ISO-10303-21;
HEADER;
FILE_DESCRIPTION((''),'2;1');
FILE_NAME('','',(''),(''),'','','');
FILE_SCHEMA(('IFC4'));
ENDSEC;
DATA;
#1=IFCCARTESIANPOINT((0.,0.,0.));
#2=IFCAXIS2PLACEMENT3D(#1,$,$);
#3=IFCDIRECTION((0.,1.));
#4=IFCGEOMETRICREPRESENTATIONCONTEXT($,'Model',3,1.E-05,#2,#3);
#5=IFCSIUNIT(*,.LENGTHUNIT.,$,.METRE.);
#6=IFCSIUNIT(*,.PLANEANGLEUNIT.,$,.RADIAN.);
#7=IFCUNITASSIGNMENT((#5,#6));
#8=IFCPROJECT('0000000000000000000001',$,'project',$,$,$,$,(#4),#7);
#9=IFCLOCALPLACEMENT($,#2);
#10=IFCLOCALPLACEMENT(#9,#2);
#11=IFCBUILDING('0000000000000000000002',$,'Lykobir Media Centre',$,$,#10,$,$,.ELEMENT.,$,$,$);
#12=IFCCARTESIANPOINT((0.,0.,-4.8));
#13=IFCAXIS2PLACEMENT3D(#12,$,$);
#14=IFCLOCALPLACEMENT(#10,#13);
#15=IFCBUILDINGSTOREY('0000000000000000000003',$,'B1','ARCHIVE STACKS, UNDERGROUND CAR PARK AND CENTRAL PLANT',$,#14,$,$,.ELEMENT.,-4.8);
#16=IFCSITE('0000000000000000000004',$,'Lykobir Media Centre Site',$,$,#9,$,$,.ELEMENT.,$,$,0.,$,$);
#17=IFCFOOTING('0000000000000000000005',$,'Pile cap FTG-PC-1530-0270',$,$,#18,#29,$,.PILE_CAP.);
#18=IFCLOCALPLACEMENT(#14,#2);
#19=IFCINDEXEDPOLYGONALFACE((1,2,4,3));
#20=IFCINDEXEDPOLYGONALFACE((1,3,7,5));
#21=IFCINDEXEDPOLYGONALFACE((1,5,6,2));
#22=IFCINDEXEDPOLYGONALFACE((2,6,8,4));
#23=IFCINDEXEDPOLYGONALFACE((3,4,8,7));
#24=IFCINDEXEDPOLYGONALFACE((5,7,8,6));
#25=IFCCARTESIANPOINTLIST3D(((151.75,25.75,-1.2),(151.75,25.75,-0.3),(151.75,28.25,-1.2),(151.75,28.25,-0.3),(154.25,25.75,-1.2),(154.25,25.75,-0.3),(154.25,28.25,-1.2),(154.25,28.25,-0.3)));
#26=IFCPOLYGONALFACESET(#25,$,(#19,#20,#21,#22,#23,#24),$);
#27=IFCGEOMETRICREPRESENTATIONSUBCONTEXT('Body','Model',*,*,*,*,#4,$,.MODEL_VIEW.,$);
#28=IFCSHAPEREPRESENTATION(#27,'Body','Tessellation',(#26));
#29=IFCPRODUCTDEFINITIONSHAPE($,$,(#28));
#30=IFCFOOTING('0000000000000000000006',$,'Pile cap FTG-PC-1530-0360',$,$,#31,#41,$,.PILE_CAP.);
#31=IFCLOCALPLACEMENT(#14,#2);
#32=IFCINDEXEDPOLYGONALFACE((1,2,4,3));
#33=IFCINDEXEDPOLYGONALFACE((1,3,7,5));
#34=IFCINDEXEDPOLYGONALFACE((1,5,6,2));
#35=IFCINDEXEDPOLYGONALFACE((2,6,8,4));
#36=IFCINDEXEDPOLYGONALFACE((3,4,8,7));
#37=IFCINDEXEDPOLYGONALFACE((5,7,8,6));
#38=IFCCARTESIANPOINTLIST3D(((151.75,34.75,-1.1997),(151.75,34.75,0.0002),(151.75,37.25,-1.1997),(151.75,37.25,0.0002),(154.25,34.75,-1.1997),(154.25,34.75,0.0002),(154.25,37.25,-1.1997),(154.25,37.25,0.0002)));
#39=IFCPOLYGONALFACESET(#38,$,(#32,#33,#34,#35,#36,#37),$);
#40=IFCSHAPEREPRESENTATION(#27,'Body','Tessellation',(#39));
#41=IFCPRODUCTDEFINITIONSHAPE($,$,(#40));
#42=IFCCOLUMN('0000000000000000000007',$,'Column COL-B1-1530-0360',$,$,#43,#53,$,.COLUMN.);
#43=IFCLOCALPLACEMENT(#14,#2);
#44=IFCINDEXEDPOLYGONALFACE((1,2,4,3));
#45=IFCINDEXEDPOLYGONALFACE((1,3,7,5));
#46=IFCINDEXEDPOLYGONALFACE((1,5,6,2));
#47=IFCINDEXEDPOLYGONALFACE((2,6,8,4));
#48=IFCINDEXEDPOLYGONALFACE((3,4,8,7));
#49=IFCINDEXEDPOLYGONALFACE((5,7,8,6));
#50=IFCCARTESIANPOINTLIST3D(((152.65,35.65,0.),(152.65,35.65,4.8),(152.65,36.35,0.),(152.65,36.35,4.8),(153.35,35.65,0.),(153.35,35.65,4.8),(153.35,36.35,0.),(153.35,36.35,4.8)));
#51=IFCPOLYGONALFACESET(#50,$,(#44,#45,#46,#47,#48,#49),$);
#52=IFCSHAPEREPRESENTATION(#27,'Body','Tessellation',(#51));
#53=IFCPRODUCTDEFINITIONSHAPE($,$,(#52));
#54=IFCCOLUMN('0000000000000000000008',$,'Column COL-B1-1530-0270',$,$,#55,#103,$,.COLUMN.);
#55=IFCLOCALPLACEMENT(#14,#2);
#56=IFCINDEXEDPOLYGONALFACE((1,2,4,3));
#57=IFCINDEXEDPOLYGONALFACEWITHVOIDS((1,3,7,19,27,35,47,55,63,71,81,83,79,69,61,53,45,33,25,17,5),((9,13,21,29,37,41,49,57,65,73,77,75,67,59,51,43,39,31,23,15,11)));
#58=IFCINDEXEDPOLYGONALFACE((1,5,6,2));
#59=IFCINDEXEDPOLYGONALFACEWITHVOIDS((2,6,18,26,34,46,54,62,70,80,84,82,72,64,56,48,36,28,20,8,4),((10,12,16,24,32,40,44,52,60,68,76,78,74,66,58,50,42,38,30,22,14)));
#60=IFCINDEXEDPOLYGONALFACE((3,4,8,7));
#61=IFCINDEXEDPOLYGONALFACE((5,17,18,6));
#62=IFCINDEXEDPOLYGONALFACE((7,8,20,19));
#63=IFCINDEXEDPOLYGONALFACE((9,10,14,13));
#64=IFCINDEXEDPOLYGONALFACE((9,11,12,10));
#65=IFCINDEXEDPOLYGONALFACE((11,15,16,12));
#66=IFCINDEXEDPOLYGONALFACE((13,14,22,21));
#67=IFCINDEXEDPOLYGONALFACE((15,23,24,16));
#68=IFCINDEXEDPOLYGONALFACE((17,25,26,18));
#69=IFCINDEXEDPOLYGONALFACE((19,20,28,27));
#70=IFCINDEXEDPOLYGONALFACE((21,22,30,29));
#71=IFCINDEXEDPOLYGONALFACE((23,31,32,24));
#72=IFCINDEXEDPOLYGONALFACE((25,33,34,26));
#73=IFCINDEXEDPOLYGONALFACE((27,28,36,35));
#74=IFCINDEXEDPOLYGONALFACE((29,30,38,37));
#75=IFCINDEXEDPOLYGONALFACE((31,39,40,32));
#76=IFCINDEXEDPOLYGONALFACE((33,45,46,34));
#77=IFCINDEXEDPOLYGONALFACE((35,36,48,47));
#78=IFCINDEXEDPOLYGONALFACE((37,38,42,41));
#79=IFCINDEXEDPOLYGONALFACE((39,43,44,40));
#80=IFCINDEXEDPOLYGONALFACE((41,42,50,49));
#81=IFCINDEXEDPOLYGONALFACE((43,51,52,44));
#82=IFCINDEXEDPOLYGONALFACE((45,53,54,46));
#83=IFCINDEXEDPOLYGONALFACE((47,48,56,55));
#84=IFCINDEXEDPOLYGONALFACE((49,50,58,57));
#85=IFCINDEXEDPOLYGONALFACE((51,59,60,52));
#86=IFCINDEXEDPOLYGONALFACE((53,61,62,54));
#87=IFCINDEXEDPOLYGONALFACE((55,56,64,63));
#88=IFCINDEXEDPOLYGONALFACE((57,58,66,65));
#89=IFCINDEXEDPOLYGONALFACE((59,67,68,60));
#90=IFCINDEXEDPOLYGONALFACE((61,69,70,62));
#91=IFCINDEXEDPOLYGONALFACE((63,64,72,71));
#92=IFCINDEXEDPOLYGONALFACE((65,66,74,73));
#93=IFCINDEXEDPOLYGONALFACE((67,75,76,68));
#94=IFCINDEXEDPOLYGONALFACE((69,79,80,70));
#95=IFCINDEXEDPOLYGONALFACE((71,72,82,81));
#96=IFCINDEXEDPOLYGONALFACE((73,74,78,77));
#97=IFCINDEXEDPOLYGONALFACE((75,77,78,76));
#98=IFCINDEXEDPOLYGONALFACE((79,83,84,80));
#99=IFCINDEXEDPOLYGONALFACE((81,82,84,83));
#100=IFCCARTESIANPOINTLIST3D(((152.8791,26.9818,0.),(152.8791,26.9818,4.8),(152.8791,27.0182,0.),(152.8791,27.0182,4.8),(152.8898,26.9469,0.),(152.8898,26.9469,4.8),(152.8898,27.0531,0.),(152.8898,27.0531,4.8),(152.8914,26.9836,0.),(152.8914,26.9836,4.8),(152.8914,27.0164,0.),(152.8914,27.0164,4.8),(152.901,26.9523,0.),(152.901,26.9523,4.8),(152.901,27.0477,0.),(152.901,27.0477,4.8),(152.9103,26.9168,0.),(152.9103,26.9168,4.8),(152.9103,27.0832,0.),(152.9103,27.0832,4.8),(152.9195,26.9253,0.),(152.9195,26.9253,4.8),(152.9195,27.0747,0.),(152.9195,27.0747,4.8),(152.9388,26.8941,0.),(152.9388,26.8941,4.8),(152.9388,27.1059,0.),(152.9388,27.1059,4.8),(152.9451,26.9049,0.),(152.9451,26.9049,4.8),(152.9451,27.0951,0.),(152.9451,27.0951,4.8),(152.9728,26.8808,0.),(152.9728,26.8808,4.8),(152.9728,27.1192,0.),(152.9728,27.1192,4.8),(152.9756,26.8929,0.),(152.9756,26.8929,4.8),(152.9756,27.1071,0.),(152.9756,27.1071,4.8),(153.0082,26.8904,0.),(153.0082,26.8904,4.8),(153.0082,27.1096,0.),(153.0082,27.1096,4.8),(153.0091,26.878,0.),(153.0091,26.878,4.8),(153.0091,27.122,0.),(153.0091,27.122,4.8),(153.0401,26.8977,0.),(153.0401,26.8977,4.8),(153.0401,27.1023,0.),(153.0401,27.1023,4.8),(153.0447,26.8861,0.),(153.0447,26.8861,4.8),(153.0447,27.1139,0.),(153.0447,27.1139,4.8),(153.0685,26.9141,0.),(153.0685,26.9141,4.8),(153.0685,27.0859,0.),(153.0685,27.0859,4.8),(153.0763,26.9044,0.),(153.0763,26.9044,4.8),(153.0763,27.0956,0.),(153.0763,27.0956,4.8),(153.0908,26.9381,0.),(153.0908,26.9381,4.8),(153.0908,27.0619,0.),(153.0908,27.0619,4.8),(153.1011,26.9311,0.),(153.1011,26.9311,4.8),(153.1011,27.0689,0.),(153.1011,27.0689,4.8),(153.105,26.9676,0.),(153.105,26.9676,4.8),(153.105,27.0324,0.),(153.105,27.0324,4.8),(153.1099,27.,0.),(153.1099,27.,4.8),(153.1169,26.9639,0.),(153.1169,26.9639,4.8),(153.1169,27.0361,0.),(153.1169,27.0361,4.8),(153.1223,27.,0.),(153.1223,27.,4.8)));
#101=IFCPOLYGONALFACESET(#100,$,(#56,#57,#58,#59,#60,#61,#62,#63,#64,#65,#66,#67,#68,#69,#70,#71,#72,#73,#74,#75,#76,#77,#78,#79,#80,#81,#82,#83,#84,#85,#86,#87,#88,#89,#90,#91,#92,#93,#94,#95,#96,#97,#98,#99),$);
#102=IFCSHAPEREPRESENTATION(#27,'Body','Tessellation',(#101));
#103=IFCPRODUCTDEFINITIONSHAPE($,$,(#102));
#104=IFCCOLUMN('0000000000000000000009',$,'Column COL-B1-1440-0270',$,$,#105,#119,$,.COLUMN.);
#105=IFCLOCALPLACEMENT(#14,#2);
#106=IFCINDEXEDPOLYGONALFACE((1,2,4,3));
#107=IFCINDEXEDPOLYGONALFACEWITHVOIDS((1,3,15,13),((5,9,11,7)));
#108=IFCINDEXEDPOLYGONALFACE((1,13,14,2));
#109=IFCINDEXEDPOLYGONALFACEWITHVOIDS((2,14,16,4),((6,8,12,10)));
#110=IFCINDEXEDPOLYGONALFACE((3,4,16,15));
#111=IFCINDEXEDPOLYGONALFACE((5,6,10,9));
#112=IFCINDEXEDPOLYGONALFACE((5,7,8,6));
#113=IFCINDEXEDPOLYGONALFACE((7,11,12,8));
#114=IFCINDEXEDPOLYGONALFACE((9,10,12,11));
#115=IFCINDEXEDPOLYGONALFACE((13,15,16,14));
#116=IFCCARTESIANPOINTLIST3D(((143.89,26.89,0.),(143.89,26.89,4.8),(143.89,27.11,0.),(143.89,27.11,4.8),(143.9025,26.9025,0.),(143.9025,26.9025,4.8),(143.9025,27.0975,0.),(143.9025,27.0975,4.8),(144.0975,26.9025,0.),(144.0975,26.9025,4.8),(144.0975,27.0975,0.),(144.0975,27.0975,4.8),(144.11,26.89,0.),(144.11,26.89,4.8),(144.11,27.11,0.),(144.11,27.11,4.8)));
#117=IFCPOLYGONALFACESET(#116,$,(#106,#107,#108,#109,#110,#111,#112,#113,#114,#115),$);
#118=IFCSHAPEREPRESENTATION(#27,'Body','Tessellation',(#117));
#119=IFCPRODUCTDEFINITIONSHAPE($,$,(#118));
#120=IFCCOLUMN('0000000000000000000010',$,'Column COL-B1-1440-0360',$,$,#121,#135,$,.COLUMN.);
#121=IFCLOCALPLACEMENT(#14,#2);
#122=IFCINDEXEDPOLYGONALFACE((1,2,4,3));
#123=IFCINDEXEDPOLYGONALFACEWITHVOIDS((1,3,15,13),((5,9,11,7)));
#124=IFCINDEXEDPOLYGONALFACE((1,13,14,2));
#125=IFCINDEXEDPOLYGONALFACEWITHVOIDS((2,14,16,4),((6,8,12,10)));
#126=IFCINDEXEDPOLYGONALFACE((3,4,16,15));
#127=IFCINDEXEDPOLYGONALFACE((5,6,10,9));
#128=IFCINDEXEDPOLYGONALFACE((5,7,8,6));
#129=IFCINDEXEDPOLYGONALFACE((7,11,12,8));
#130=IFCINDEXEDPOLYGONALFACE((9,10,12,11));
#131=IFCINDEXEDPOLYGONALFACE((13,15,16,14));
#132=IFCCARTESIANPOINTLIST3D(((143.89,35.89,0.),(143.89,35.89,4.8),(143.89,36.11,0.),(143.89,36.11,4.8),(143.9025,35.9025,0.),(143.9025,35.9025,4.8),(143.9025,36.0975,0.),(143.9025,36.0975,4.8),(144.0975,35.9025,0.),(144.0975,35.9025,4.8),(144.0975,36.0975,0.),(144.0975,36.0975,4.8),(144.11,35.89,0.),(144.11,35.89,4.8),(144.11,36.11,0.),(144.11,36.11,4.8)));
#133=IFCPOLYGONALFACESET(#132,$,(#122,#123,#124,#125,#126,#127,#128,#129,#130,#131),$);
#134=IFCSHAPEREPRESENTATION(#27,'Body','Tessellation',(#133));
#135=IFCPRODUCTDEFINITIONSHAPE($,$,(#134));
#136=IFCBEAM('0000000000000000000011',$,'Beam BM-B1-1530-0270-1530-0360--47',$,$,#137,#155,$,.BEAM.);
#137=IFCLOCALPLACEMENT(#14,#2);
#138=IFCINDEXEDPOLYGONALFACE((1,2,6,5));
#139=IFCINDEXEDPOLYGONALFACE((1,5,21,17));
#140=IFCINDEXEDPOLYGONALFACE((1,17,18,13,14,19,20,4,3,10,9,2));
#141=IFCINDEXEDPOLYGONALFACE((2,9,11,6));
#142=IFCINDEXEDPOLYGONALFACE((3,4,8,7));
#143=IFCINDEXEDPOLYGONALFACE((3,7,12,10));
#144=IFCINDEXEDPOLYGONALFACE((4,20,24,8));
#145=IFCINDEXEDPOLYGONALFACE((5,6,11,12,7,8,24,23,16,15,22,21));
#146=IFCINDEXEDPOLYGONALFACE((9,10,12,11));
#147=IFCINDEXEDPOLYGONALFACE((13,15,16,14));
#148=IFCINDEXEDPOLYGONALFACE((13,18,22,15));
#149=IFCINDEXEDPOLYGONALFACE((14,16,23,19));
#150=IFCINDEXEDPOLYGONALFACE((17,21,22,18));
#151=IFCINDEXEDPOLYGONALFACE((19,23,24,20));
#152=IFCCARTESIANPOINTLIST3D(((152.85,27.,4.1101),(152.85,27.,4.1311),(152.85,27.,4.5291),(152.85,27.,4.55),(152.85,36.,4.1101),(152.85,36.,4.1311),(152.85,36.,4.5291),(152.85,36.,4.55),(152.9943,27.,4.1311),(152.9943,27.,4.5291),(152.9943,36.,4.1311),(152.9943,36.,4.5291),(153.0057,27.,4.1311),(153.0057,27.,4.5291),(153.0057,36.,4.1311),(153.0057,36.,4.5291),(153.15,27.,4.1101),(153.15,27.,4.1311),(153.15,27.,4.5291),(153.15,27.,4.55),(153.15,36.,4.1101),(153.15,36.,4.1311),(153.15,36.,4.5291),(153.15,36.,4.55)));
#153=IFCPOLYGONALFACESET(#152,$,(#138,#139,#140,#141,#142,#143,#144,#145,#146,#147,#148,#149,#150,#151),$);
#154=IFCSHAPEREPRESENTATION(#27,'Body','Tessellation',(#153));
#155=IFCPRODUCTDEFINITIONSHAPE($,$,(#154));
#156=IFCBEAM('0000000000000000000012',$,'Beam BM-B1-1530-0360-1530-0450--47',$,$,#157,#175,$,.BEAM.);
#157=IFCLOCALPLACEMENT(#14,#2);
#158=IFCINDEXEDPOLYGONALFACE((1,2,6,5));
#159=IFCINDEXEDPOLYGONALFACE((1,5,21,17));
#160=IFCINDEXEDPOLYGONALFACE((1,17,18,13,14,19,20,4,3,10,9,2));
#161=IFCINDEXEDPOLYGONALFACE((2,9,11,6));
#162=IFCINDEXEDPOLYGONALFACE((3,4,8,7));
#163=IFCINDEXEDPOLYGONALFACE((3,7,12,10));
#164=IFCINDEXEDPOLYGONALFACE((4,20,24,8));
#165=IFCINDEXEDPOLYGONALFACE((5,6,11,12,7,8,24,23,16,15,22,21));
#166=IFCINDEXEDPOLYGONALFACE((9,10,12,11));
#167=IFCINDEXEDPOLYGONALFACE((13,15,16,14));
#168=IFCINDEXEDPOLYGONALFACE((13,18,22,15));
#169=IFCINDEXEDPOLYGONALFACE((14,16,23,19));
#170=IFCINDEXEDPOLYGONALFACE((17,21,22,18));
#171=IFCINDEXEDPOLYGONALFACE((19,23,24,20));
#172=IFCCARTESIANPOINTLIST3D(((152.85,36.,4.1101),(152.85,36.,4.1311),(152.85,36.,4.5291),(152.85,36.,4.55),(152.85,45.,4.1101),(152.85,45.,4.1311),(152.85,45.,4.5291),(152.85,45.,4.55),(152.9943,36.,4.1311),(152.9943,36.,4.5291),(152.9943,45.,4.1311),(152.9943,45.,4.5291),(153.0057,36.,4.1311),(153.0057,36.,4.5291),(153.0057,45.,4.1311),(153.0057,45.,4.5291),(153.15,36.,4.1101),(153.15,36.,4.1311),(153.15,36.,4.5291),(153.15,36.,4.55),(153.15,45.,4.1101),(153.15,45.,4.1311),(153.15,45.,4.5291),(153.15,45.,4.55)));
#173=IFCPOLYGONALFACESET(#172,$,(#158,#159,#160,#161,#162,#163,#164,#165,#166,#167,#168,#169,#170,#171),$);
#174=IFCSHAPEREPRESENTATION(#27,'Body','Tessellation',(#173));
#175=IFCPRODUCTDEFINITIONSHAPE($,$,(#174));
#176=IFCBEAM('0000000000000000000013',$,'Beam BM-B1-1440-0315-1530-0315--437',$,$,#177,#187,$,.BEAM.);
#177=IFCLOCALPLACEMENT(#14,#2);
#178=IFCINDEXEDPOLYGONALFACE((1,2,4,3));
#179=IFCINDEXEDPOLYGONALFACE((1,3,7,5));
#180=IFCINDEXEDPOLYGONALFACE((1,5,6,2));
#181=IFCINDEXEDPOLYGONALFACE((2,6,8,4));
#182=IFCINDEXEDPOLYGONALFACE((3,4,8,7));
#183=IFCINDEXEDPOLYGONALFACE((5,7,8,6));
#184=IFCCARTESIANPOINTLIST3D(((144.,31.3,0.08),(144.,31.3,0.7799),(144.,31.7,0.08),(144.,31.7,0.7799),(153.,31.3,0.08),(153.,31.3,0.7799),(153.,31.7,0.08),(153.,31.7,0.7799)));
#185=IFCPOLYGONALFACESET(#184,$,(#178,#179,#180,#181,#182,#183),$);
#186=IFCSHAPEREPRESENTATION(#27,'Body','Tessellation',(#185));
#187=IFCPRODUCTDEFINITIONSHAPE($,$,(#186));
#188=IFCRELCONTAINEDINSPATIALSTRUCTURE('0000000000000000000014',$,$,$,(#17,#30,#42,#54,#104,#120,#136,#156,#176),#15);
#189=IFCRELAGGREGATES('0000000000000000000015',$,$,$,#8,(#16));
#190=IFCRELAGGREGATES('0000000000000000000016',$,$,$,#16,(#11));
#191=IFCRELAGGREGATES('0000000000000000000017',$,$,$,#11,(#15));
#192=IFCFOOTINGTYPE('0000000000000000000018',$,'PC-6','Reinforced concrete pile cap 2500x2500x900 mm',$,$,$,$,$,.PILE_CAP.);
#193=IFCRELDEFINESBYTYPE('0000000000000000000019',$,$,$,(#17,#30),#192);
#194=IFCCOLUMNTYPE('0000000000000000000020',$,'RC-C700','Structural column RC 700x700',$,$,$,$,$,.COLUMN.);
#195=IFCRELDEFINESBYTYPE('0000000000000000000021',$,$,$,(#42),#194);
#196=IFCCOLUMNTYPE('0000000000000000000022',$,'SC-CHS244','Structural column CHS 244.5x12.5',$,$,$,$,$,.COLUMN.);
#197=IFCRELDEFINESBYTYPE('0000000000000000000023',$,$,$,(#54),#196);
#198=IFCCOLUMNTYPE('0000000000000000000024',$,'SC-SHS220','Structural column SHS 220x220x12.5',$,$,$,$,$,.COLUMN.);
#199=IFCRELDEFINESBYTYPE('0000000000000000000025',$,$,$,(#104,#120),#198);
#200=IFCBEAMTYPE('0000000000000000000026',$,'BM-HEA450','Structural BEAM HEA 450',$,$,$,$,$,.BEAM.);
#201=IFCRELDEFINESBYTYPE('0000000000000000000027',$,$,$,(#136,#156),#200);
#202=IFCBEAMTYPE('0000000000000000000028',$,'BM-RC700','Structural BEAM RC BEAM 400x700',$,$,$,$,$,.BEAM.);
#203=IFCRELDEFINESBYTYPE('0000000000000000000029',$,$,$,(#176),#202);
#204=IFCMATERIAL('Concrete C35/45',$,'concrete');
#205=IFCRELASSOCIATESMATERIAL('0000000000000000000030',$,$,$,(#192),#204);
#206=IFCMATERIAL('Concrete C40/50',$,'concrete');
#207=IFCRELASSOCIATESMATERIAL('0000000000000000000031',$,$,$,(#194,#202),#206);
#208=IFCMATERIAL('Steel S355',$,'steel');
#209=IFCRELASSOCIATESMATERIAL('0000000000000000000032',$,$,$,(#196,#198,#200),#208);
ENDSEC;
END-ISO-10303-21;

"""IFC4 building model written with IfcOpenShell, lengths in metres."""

from ifc_helpers import new_model, si_unit, direction, frame, origin, origin_2d, place, context, subcontext, project, spatial, rectangle, hollow_rectangle, hollow_circle, i_section, extrude, material, material_profile, profile_set, type_object, element, save


model = new_model("IFC4")

# Units and contexts
model_context = context("Model", 3, precision=1e-05, world=origin(), true_north=direction((0.0, 1.0)))
body_context = subcontext(model_context, "Body", "Model", "MODEL_VIEW")
ifc_project = project(units=[si_unit("LENGTHUNIT", "METRE"), si_unit("PLANEANGLEUNIT", "RADIAN")], contexts=[model_context])

# Site, building, storey
site_placement = place(None, origin())
site = spatial("IfcSite", under=ifc_project, at=site_placement, Name="Lykobir Media Centre Site", CompositionType="ELEMENT", RefElevation=0.0)
building_placement = place(site_placement, origin())
building = spatial("IfcBuilding", under=site, at=building_placement, Name="Lykobir Media Centre", CompositionType="ELEMENT")
storey_placement = place(building_placement, frame((0.0, 0.0, -4.8)))
storey = spatial("IfcBuildingStorey", under=building, at=storey_placement, Name="B1", Description="ARCHIVE STACKS, UNDERGROUND CAR PARK AND CENTRAL PLANT", CompositionType="ELEMENT", Elevation=-4.8)

# Footings
ifc_material_1 = material(Name="Concrete C35/45", Category="concrete")
footing_type_1 = type_object("IfcFootingType", Name="PC-6", Description="Reinforced concrete pile cap 2500x2500x900 mm", PredefinedType="PILE_CAP", material=ifc_material_1)
for number, where, z_axis, x_axis, name in (
    (1, (153.0, 27.0, -1.2), (0.0, 0.0, 1.0), (1.0, 0.0, 0.0), "Pile cap FTG-PC-1530-0270"),
):
    element("IfcFooting", number, at=place(storey_placement, frame(where, z_axis=z_axis, x_axis=x_axis)), inside=storey, type_object=footing_type_1, Name=name, PredefinedType="PILE_CAP", context=body_context, shape_type="SweptSolid", body=[
        extrude(rectangle(XDim=2.5, YDim=2.5, at=origin_2d()), origin(), (0.0, 0.0, 1.0), 0.8999),
    ])
footing_placement = place(storey_placement, frame((153.0, 36.0, -1.1997), z_axis=(0.0, 0.0, 1.0), x_axis=(1.0, 0.0, 0.0)))
element("IfcFooting", 2, at=footing_placement, inside=storey, type_object=footing_type_1, Name="Pile cap FTG-PC-1530-0360", PredefinedType="PILE_CAP", context=body_context, shape_type="SweptSolid", body=[
    extrude(rectangle(XDim=2.5, YDim=2.5, at=origin_2d()), origin(), (0.0, 0.0, 1.0), 1.2),
])

# Columns
ifc_material_2 = material(Name="Concrete C40/50", Category="concrete")
ifc_material_profile_1 = material_profile(ifc_material_2, rectangle(XDim=0.7, YDim=0.7, at=origin_2d()), Name="RC 700x700")
ifc_profile_set_1 = profile_set([ifc_material_profile_1], Name="Concrete C40/50")
column_type_1 = type_object("IfcColumnType", Name="RC-C700", Description="Structural column RC 700x700", PredefinedType="COLUMN", material=ifc_profile_set_1)
column_1_placement = place(storey_placement, frame((153.0, 36.0, 0.0), z_axis=(0.0, 0.0, 1.0), x_axis=(1.0, 0.0, 0.0)))
element("IfcColumn", 3, at=column_1_placement, inside=storey, type_object=column_type_1, Name="Column COL-B1-1530-0360", PredefinedType="COLUMN", context=body_context, shape_type="SweptSolid", body=[
    extrude(rectangle(XDim=0.7, YDim=0.7, at=origin_2d()), origin(), (0.0, 0.0, 1.0), 4.8),
])
ifc_material_3 = material(Name="Steel S355", Category="steel")
ifc_material_profile_2 = material_profile(ifc_material_3, hollow_circle(Radius=0.1223, WallThickness=0.0125, at=origin_2d()), Name="CHS 244.5x12.5")
ifc_profile_set_2 = profile_set([ifc_material_profile_2], Name="Steel S355")
column_type_2 = type_object("IfcColumnType", Name="SC-CHS244", Description="Structural column CHS 244.5x12.5", PredefinedType="COLUMN", material=ifc_profile_set_2)
column_2_placement = place(storey_placement, frame((153.0, 27.0, 0.0), z_axis=(0.0, 0.0, 1.0), x_axis=(1.0, 0.0, 0.0)))
element("IfcColumn", 4, at=column_2_placement, inside=storey, type_object=column_type_2, Name="Column COL-B1-1530-0270", PredefinedType="COLUMN", context=body_context, shape_type="SweptSolid", body=[
    extrude(hollow_circle(Radius=0.1223, WallThickness=0.0125, at=origin_2d()), origin(), (0.0, 0.0, 1.0), 4.8),
])
ifc_material_profile_3 = material_profile(ifc_material_3, hollow_rectangle(XDim=0.22, YDim=0.22, WallThickness=0.0125, at=origin_2d()), Name="SHS 220x220x12.5")
ifc_profile_set_3 = profile_set([ifc_material_profile_3], Name="Steel S355")
column_type_3 = type_object("IfcColumnType", Name="SC-SHS220", Description="Structural column SHS 220x220x12.5", PredefinedType="COLUMN", material=ifc_profile_set_3)
for number, where, z_axis, x_axis, name in (
    (5, (144.0, 27.0, 0.0), (0.0, 0.0, 1.0), (1.0, 0.0, 0.0), "Column COL-B1-1440-0270"),
    (6, (144.0, 36.0, 0.0), (0.0, 0.0, 1.0), (1.0, 0.0, 0.0), "Column COL-B1-1440-0360"),
):
    element("IfcColumn", number, at=place(storey_placement, frame(where, z_axis=z_axis, x_axis=x_axis)), inside=storey, type_object=column_type_3, Name=name, PredefinedType="COLUMN", context=body_context, shape_type="SweptSolid", body=[
        extrude(hollow_rectangle(XDim=0.22, YDim=0.22, WallThickness=0.0125, at=origin_2d()), origin(), (0.0, 0.0, 1.0), 4.8),
    ])

# Beams
ifc_material_profile_4 = material_profile(ifc_material_3, i_section(OverallWidth=0.3, OverallDepth=0.4399, WebThickness=0.0115, FlangeThickness=0.021, at=origin_2d()), Name="HEA 450")
ifc_profile_set_4 = profile_set([ifc_material_profile_4], Name="Steel S355")
beam_type_1 = type_object("IfcBeamType", Name="BM-HEA450", Description="Structural BEAM HEA 450", PredefinedType="BEAM", material=ifc_profile_set_4)
for number, where, z_axis, x_axis, name in (
    (7, (153.0, 27.0, 4.3301), (0.0, 1.0, 0.0), (-1.0, 0.0, 0.0), "Beam BM-B1-1530-0270-1530-0360--47"),
    (8, (153.0, 36.0, 4.3301), (0.0, 1.0, 0.0), (-1.0, 0.0, 0.0), "Beam BM-B1-1530-0360-1530-0450--47"),
):
    element("IfcBeam", number, at=place(storey_placement, frame(where, z_axis=z_axis, x_axis=x_axis)), inside=storey, type_object=beam_type_1, Name=name, PredefinedType="BEAM", context=body_context, shape_type="SweptSolid", body=[
        extrude(i_section(OverallWidth=0.3, OverallDepth=0.4399, WebThickness=0.0115, FlangeThickness=0.021, at=origin_2d()), origin(), (0.0, 0.0, 1.0), 9.0),
    ])
ifc_material_profile_5 = material_profile(ifc_material_2, rectangle(XDim=0.3999, YDim=0.7, at=origin_2d()), Name="RC BEAM 400x700")
ifc_profile_set_5 = profile_set([ifc_material_profile_5], Name="Concrete C40/50")
beam_type_2 = type_object("IfcBeamType", Name="BM-RC700", Description="Structural BEAM RC BEAM 400x700", PredefinedType="BEAM", material=ifc_profile_set_5)
beam_placement = place(storey_placement, frame((144.0, 31.5, 0.4299), z_axis=(1.0, 0.0, 0.0), x_axis=(0.0, 1.0, 0.0)))
element("IfcBeam", 9, at=beam_placement, inside=storey, type_object=beam_type_2, Name="Beam BM-B1-1440-0315-1530-0315--437", PredefinedType="BEAM", context=body_context, shape_type="SweptSolid", body=[
    extrude(rectangle(XDim=0.3999, YDim=0.7, at=origin_2d()), origin(), (0.0, 0.0, 1.0), 9.0),
])

save(model, "model.ifc")
